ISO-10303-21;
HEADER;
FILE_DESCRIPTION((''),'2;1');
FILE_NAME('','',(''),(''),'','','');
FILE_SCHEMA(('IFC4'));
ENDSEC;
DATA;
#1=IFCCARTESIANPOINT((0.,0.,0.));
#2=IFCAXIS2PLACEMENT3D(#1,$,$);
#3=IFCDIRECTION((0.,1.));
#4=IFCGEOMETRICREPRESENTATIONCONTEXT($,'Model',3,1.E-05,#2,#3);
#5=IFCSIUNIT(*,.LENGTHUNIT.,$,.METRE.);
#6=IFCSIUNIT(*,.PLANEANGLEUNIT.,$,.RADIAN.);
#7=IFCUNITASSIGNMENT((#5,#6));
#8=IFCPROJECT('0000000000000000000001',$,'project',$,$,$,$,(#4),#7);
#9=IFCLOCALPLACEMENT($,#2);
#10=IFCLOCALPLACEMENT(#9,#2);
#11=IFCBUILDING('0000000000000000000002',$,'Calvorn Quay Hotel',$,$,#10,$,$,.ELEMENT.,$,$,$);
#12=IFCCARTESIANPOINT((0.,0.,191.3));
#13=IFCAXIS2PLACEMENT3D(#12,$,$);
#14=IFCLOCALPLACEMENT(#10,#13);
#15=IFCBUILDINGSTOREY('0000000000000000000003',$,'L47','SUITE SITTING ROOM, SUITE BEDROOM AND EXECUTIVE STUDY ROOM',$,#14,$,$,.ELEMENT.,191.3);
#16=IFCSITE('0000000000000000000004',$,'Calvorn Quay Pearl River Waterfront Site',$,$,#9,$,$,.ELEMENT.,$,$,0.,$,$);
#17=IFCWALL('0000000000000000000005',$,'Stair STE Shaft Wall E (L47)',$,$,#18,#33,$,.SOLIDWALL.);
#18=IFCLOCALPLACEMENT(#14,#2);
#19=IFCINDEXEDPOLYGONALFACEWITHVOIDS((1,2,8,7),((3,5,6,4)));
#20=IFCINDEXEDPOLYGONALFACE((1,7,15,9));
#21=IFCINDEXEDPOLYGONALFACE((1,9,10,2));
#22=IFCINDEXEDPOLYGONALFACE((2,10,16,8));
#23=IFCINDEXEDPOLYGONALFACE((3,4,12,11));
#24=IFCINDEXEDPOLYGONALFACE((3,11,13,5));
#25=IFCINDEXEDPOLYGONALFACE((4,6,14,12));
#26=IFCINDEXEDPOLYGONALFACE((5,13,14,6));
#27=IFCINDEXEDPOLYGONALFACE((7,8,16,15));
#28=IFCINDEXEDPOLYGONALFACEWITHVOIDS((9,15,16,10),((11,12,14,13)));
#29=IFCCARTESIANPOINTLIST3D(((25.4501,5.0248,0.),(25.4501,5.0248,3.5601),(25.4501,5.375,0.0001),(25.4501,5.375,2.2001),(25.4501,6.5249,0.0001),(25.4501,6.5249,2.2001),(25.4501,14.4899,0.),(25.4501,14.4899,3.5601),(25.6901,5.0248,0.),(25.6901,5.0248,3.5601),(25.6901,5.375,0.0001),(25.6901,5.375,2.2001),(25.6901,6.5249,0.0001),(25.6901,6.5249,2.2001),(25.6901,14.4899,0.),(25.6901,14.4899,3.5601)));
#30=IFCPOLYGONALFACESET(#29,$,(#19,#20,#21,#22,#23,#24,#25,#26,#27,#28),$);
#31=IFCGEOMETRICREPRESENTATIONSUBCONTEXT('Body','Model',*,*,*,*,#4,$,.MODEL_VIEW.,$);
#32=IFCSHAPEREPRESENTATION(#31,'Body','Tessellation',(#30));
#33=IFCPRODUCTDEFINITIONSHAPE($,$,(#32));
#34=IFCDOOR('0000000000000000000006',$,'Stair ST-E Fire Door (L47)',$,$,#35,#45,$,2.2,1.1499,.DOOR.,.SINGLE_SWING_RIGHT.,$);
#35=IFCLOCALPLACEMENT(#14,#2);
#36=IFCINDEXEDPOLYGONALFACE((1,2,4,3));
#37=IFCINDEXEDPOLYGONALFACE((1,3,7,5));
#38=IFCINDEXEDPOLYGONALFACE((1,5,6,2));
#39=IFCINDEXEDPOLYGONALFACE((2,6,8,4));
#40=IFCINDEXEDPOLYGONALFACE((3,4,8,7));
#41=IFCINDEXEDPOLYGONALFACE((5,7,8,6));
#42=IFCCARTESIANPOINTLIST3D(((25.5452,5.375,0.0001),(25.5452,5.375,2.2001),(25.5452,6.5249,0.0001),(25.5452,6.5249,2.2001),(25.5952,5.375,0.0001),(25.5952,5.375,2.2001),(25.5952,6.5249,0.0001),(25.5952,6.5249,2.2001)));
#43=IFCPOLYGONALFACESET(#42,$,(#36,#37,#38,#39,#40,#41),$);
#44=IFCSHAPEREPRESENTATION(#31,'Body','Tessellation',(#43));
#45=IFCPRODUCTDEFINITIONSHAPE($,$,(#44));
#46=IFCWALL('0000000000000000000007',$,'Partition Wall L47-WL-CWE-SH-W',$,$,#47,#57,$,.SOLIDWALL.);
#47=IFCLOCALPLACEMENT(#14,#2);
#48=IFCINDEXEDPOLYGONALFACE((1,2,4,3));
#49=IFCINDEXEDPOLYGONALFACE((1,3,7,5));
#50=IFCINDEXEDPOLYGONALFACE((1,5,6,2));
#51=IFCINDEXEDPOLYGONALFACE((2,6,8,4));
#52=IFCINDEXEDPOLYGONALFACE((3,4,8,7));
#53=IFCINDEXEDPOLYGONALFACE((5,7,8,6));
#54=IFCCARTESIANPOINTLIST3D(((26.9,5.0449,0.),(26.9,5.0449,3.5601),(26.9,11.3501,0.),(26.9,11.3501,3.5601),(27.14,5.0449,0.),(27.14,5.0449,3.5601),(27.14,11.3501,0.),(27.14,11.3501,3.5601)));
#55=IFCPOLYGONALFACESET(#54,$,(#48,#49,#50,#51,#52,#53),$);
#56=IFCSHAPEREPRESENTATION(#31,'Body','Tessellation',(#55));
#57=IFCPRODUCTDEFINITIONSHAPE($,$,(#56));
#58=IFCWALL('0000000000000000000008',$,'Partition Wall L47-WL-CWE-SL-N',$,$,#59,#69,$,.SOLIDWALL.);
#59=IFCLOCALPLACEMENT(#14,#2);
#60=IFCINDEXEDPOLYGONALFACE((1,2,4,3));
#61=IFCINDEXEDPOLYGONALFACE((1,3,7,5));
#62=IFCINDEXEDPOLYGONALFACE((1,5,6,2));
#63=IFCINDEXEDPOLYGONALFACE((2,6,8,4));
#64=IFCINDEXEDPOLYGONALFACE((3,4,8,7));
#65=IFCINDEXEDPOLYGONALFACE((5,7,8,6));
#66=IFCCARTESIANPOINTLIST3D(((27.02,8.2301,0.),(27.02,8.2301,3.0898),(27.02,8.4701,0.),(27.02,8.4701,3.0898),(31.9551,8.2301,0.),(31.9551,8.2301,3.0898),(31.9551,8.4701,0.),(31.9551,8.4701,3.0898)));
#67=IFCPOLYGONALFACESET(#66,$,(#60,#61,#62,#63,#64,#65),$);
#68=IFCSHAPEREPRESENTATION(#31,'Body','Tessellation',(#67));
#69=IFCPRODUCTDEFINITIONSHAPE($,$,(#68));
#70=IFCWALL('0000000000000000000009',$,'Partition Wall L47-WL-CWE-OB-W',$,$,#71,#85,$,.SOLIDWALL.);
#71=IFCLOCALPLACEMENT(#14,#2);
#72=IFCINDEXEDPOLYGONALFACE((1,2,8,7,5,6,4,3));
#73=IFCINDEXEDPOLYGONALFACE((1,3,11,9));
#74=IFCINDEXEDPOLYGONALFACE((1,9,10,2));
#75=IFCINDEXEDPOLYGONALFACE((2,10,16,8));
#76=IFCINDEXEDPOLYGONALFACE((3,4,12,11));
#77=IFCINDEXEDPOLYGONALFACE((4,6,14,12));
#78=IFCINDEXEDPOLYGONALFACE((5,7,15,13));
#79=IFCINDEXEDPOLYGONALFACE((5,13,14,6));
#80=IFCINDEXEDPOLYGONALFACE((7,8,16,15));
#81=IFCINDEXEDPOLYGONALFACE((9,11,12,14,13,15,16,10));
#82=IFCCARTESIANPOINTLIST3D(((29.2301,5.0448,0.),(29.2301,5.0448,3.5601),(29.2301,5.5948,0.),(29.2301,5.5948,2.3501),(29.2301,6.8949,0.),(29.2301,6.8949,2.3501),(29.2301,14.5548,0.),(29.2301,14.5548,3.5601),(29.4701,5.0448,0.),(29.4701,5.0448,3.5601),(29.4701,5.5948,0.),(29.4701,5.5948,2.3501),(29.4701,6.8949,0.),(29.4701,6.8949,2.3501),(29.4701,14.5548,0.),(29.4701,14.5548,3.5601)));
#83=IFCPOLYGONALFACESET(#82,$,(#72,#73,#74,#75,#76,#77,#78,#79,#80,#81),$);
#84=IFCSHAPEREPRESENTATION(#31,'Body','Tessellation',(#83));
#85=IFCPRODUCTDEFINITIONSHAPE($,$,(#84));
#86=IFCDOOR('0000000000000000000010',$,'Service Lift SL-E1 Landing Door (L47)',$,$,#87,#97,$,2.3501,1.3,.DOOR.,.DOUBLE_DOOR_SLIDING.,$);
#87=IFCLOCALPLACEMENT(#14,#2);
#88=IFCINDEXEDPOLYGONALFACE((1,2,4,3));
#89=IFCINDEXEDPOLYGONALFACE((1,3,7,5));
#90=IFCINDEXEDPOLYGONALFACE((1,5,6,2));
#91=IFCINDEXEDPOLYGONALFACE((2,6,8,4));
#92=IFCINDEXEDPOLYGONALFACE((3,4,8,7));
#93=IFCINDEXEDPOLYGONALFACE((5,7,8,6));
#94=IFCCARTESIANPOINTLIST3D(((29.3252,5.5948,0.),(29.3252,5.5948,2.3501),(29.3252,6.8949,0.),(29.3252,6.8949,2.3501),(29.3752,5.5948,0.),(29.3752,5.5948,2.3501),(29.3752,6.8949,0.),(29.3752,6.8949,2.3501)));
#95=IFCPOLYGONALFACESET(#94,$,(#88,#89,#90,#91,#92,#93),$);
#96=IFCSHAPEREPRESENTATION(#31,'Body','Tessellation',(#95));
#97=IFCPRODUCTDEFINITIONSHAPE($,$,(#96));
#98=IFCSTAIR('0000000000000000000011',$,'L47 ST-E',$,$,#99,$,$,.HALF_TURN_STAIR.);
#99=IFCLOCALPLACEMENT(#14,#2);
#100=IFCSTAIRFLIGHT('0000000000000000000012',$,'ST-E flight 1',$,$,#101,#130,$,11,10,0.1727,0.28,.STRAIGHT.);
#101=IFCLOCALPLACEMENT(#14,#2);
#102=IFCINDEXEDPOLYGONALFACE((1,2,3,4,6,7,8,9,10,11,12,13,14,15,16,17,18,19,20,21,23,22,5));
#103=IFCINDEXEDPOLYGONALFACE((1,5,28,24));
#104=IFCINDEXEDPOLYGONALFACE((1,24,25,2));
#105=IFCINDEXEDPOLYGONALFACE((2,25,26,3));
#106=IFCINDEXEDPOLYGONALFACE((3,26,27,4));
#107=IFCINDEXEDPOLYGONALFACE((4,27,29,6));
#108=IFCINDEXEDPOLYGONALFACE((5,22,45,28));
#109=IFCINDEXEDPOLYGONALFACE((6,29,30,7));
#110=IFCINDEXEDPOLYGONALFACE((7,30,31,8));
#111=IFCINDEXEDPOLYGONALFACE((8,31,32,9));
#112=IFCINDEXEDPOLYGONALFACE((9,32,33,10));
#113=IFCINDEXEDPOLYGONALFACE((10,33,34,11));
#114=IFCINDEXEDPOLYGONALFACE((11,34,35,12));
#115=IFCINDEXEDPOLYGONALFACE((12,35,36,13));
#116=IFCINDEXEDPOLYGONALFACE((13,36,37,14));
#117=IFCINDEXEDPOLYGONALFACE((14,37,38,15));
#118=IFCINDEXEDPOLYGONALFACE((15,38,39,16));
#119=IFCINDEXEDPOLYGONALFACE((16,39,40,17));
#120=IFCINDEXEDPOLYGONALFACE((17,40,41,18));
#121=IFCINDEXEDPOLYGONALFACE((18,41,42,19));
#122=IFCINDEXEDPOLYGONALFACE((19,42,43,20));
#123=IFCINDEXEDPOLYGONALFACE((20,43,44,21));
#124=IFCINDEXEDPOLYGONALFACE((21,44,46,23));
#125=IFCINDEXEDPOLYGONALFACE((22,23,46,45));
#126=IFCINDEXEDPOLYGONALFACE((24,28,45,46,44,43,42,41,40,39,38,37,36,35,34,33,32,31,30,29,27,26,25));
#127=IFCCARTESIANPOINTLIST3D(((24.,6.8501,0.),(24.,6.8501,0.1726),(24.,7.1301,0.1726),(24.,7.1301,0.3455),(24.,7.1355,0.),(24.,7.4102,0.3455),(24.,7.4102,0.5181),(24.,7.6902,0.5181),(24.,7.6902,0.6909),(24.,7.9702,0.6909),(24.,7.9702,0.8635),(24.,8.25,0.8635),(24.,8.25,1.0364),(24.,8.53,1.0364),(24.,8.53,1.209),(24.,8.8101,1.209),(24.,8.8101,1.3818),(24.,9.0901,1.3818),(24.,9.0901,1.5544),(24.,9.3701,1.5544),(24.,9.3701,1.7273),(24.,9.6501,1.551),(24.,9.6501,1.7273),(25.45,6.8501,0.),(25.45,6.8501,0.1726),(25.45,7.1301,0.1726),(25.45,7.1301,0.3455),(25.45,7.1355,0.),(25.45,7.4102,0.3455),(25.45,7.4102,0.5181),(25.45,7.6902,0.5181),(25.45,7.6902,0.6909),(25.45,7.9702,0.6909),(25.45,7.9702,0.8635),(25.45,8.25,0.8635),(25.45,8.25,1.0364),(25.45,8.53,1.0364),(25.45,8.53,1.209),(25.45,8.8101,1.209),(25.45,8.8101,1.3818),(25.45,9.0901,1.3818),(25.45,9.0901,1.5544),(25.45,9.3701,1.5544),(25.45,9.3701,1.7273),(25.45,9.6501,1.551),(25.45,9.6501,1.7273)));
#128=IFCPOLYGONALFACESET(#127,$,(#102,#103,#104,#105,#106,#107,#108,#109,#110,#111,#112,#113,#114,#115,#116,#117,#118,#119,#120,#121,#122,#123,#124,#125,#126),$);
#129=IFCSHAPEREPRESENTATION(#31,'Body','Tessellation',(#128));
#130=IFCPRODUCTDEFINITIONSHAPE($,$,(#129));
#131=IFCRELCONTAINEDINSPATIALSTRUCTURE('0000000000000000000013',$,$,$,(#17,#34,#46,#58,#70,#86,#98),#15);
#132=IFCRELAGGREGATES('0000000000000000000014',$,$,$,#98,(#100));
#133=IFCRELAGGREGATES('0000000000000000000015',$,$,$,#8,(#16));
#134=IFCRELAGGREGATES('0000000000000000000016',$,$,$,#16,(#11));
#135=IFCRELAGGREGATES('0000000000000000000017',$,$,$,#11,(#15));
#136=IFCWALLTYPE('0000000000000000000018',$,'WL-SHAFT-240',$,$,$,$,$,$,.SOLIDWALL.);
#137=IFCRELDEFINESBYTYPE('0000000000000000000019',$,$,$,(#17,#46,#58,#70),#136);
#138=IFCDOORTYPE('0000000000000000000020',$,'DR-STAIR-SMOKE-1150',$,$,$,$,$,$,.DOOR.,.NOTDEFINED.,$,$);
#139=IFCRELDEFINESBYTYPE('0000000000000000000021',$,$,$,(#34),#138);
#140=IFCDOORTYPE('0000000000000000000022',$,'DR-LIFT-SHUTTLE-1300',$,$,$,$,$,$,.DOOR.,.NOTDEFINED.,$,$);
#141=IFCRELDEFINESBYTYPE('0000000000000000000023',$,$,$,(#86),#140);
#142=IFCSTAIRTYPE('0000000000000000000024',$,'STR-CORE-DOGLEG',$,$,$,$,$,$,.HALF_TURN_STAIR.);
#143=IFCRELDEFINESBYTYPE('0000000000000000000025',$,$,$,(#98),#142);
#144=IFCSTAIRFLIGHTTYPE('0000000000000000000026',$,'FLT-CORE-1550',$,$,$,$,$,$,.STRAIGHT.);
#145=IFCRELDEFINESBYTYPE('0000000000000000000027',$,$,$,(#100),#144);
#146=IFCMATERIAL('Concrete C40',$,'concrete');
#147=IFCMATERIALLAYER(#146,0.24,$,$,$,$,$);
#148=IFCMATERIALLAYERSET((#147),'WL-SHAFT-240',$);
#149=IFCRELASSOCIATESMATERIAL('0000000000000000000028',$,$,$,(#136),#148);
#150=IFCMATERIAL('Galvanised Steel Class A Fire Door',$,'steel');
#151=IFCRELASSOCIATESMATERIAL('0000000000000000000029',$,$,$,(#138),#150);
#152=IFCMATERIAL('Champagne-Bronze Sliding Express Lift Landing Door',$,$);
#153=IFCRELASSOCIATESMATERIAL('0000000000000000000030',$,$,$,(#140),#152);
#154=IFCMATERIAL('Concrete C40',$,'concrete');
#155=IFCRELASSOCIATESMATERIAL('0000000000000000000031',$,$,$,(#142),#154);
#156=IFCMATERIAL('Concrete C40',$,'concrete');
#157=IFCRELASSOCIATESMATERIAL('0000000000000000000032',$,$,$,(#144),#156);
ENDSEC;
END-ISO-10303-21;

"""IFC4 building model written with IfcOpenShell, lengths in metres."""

from ifc_helpers import new_model, si_unit, direction, frame, frame_2d, origin, place, context, subcontext, project, spatial, polyline, rectangle, outline, extrude, material, layer, layer_set, type_object, element, fill, aggregate, save


model = new_model("IFC4")

# Units and contexts
model_context = context("Model", 3, precision=1e-05, world=origin(), true_north=direction((0.0, 1.0)))
body_context = subcontext(model_context, "Body", "Model", "MODEL_VIEW")
ifc_project = project(units=[si_unit("LENGTHUNIT", "METRE"), si_unit("PLANEANGLEUNIT", "RADIAN")], contexts=[model_context])

# Site, building, storey
site_placement = place(None, origin())
site = spatial("IfcSite", under=ifc_project, at=site_placement, Name="Calvorn Quay Pearl River Waterfront Site", CompositionType="ELEMENT", RefElevation=0.0)
building_placement = place(site_placement, origin())
building = spatial("IfcBuilding", under=site, at=building_placement, Name="Calvorn Quay Hotel", CompositionType="ELEMENT")
storey_placement = place(building_placement, frame((0.0, 0.0, 191.3)))
storey = spatial("IfcBuildingStorey", under=building, at=storey_placement, Name="L47", Description="SUITE SITTING ROOM, SUITE BEDROOM AND EXECUTIVE STUDY ROOM", CompositionType="ELEMENT", Elevation=191.3)

# Wall, opening, door
ifc_material_1 = material(Name="Concrete C40", Category="concrete")
ifc_layer_1 = layer(ifc_material_1, 0.24)
ifc_layer_set_1 = layer_set([ifc_layer_1], Name="WL-SHAFT-240")
wall_type = type_object("IfcWallType", Name="WL-SHAFT-240", PredefinedType="SOLIDWALL", material=ifc_layer_set_1)
wall_1_placement = place(storey_placement, frame((25.5701, 5.0249, 0.0), z_axis=(0.0, 0.0, 1.0), x_axis=(0.0, 1.0, 0.0)))
wall_1 = element("IfcWall", 1, at=wall_1_placement, inside=storey, type_object=wall_type, Name="Stair STE Shaft Wall E (L47)", PredefinedType="SOLIDWALL", context=body_context, shape_type="SweptSolid", body=[
    extrude(rectangle(XDim=9.4651, YDim=0.24, at=frame_2d((4.7324, 0.0))), origin(), (0.0, 0.0, 1.0), 3.5601),
])
opening_1_placement = place(wall_1_placement, frame((0.3501, 0.0, 0.0)))
opening_1 = element("IfcOpeningElement", 2, at=opening_1_placement, cuts=wall_1, PredefinedType="OPENING", context=body_context, shape_type="SweptSolid", body=[
    extrude(rectangle(XDim=1.1499, YDim=2.2, at=frame_2d((0.575, 1.1001))), frame((0.0, 0.1299, 0.0), z_axis=(0.0, -1.0, 0.0), x_axis=(1.0, 0.0, 0.0)), (0.0, 0.0, 1.0), 0.26),
])
ifc_material_2 = material(Name="Galvanised Steel Class A Fire Door", Category="steel")
door_type_1 = type_object("IfcDoorType", Name="DR-STAIR-SMOKE-1150", OperationType="NOTDEFINED", PredefinedType="DOOR", material=ifc_material_2)
door_1_placement = place(opening_1_placement, origin())
door_1 = element("IfcDoor", 3, at=door_1_placement, inside=storey, type_object=door_type_1, Name="Stair ST-E Fire Door (L47)", OperationType="SINGLE_SWING_RIGHT", OverallHeight=2.2, OverallWidth=1.1499, PredefinedType="DOOR", context=body_context, shape_type="SweptSolid", body=[
    extrude(rectangle(XDim=1.1499, YDim=2.2, at=frame_2d((0.575, 1.1001))), frame((0.0, 0.0249, 0.0), z_axis=(0.0, -1.0, 0.0), x_axis=(1.0, 0.0, 0.0)), (0.0, 0.0, 1.0), 0.05),
])
fill(opening_1, door_1)

# Walls
wall_2_placement = place(storey_placement, frame((27.02, 5.0449, 0.0), z_axis=(0.0, 0.0, 1.0), x_axis=(0.0, 1.0, 0.0)))
element("IfcWall", 4, at=wall_2_placement, inside=storey, type_object=wall_type, Name="Partition Wall L47-WL-CWE-SH-W", PredefinedType="SOLIDWALL", context=body_context, shape_type="SweptSolid", body=[
    extrude(rectangle(XDim=6.3052, YDim=0.24, at=frame_2d((3.1526, 0.0))), origin(), (0.0, 0.0, 1.0), 3.5601),
])
wall_3_placement = place(storey_placement, frame((27.02, 8.3501, 0.0), z_axis=(0.0, 0.0, 1.0), x_axis=(1.0, 0.0, 0.0)))
element("IfcWall", 5, at=wall_3_placement, inside=storey, type_object=wall_type, Name="Partition Wall L47-WL-CWE-SL-N", PredefinedType="SOLIDWALL", context=body_context, shape_type="SweptSolid", body=[
    extrude(rectangle(XDim=4.9351, YDim=0.24, at=frame_2d((2.4675, 0.0))), origin(), (0.0, 0.0, 1.0), 3.0898),
])

# Wall, opening, door
wall_4_placement = place(storey_placement, frame((29.3501, 5.0449, 0.0), z_axis=(0.0, 0.0, 1.0), x_axis=(0.0, 1.0, 0.0)))
wall_4 = element("IfcWall", 6, at=wall_4_placement, inside=storey, type_object=wall_type, Name="Partition Wall L47-WL-CWE-OB-W", PredefinedType="SOLIDWALL", context=body_context, shape_type="SweptSolid", body=[
    extrude(rectangle(XDim=9.51, YDim=0.24, at=frame_2d((4.7549, 0.0))), origin(), (0.0, 0.0, 1.0), 3.5601),
])
opening_2_placement = place(wall_4_placement, frame((0.55, 0.0, 0.0)))
opening_2 = element("IfcOpeningElement", 7, at=opening_2_placement, cuts=wall_4, PredefinedType="OPENING", context=body_context, shape_type="SweptSolid", body=[
    extrude(rectangle(XDim=1.3, YDim=2.3501, at=frame_2d((0.6499, 1.175))), frame((0.0, 0.1299, 0.0), z_axis=(0.0, -1.0, 0.0), x_axis=(1.0, 0.0, 0.0)), (0.0, 0.0, 1.0), 0.26),
])
ifc_material_3 = material(Name="Champagne-Bronze Sliding Express Lift Landing Door")
door_type_2 = type_object("IfcDoorType", Name="DR-LIFT-SHUTTLE-1300", OperationType="NOTDEFINED", PredefinedType="DOOR", material=ifc_material_3)
door_2_placement = place(opening_2_placement, origin())
door_2 = element("IfcDoor", 8, at=door_2_placement, inside=storey, type_object=door_type_2, Name="Service Lift SL-E1 Landing Door (L47)", OperationType="DOUBLE_DOOR_SLIDING", OverallHeight=2.3501, OverallWidth=1.3, PredefinedType="DOOR", context=body_context, shape_type="SweptSolid", body=[
    extrude(rectangle(XDim=1.3, YDim=2.3501, at=frame_2d((0.6499, 1.175))), frame((0.0, 0.0249, 0.0), z_axis=(0.0, -1.0, 0.0), x_axis=(1.0, 0.0, 0.0)), (0.0, 0.0, 1.0), 0.05),
])
fill(opening_2, door_2)

# Stair, stair flight
ifc_material_4 = material(Name="Concrete C40", Category="concrete")
stair_type = type_object("IfcStairType", Name="STR-CORE-DOGLEG", PredefinedType="HALF_TURN_STAIR", material=ifc_material_4)
stair_placement = place(storey_placement, origin())
stair = element("IfcStair", 9, at=stair_placement, inside=storey, type_object=stair_type, Name="L47 ST-E", PredefinedType="HALF_TURN_STAIR")
ifc_material_5 = material(Name="Concrete C40", Category="concrete")
stair_flight_type = type_object("IfcStairFlightType", Name="FLT-CORE-1550", PredefinedType="STRAIGHT", material=ifc_material_5)
stair_flight_placement = place(storey_placement, frame((24.7251, 6.8501, 0.0), z_axis=(0.0, 0.0, 1.0), x_axis=(0.0, 1.0, 0.0)))
stair_flight = element("IfcStairFlight", 10, at=stair_flight_placement, type_object=stair_flight_type, Name="ST-E flight 1", NumberOfRisers=11, NumberOfTreads=10, PredefinedType="STRAIGHT", RiserHeight=0.1727, TreadLength=0.28, context=body_context, shape_type="SweptSolid", body=[
    extrude(outline(polyline([(0.0, 0.0), (0.0, 0.1726), (0.28, 0.1726), (0.28, 0.3455), (0.5601, 0.3455), (0.5601, 0.5181), (0.8401, 0.5181), (0.8401, 0.6909), (1.1201, 0.6909), (1.1201, 0.8635), (1.3999, 0.8635), (1.3999, 1.0364), (1.6799, 1.0364), (1.6799, 1.209), (1.96, 1.209), (1.96, 1.3818), (2.24, 1.3818), (2.24, 1.5544), (2.52, 1.5544), (2.52, 1.7273), (2.8, 1.7273), (2.8, 1.8999), (2.8, 1.551), (0.2854, 0.0), (0.0, 0.0)])), frame((0.0, 0.7251, 0.0), z_axis=(0.0, -1.0, 0.0), x_axis=(1.0, 0.0, 0.0)), (0.0, 0.0, 1.0), 1.45),
])
aggregate(stair, [stair_flight])

save(model, "model.ifc")
